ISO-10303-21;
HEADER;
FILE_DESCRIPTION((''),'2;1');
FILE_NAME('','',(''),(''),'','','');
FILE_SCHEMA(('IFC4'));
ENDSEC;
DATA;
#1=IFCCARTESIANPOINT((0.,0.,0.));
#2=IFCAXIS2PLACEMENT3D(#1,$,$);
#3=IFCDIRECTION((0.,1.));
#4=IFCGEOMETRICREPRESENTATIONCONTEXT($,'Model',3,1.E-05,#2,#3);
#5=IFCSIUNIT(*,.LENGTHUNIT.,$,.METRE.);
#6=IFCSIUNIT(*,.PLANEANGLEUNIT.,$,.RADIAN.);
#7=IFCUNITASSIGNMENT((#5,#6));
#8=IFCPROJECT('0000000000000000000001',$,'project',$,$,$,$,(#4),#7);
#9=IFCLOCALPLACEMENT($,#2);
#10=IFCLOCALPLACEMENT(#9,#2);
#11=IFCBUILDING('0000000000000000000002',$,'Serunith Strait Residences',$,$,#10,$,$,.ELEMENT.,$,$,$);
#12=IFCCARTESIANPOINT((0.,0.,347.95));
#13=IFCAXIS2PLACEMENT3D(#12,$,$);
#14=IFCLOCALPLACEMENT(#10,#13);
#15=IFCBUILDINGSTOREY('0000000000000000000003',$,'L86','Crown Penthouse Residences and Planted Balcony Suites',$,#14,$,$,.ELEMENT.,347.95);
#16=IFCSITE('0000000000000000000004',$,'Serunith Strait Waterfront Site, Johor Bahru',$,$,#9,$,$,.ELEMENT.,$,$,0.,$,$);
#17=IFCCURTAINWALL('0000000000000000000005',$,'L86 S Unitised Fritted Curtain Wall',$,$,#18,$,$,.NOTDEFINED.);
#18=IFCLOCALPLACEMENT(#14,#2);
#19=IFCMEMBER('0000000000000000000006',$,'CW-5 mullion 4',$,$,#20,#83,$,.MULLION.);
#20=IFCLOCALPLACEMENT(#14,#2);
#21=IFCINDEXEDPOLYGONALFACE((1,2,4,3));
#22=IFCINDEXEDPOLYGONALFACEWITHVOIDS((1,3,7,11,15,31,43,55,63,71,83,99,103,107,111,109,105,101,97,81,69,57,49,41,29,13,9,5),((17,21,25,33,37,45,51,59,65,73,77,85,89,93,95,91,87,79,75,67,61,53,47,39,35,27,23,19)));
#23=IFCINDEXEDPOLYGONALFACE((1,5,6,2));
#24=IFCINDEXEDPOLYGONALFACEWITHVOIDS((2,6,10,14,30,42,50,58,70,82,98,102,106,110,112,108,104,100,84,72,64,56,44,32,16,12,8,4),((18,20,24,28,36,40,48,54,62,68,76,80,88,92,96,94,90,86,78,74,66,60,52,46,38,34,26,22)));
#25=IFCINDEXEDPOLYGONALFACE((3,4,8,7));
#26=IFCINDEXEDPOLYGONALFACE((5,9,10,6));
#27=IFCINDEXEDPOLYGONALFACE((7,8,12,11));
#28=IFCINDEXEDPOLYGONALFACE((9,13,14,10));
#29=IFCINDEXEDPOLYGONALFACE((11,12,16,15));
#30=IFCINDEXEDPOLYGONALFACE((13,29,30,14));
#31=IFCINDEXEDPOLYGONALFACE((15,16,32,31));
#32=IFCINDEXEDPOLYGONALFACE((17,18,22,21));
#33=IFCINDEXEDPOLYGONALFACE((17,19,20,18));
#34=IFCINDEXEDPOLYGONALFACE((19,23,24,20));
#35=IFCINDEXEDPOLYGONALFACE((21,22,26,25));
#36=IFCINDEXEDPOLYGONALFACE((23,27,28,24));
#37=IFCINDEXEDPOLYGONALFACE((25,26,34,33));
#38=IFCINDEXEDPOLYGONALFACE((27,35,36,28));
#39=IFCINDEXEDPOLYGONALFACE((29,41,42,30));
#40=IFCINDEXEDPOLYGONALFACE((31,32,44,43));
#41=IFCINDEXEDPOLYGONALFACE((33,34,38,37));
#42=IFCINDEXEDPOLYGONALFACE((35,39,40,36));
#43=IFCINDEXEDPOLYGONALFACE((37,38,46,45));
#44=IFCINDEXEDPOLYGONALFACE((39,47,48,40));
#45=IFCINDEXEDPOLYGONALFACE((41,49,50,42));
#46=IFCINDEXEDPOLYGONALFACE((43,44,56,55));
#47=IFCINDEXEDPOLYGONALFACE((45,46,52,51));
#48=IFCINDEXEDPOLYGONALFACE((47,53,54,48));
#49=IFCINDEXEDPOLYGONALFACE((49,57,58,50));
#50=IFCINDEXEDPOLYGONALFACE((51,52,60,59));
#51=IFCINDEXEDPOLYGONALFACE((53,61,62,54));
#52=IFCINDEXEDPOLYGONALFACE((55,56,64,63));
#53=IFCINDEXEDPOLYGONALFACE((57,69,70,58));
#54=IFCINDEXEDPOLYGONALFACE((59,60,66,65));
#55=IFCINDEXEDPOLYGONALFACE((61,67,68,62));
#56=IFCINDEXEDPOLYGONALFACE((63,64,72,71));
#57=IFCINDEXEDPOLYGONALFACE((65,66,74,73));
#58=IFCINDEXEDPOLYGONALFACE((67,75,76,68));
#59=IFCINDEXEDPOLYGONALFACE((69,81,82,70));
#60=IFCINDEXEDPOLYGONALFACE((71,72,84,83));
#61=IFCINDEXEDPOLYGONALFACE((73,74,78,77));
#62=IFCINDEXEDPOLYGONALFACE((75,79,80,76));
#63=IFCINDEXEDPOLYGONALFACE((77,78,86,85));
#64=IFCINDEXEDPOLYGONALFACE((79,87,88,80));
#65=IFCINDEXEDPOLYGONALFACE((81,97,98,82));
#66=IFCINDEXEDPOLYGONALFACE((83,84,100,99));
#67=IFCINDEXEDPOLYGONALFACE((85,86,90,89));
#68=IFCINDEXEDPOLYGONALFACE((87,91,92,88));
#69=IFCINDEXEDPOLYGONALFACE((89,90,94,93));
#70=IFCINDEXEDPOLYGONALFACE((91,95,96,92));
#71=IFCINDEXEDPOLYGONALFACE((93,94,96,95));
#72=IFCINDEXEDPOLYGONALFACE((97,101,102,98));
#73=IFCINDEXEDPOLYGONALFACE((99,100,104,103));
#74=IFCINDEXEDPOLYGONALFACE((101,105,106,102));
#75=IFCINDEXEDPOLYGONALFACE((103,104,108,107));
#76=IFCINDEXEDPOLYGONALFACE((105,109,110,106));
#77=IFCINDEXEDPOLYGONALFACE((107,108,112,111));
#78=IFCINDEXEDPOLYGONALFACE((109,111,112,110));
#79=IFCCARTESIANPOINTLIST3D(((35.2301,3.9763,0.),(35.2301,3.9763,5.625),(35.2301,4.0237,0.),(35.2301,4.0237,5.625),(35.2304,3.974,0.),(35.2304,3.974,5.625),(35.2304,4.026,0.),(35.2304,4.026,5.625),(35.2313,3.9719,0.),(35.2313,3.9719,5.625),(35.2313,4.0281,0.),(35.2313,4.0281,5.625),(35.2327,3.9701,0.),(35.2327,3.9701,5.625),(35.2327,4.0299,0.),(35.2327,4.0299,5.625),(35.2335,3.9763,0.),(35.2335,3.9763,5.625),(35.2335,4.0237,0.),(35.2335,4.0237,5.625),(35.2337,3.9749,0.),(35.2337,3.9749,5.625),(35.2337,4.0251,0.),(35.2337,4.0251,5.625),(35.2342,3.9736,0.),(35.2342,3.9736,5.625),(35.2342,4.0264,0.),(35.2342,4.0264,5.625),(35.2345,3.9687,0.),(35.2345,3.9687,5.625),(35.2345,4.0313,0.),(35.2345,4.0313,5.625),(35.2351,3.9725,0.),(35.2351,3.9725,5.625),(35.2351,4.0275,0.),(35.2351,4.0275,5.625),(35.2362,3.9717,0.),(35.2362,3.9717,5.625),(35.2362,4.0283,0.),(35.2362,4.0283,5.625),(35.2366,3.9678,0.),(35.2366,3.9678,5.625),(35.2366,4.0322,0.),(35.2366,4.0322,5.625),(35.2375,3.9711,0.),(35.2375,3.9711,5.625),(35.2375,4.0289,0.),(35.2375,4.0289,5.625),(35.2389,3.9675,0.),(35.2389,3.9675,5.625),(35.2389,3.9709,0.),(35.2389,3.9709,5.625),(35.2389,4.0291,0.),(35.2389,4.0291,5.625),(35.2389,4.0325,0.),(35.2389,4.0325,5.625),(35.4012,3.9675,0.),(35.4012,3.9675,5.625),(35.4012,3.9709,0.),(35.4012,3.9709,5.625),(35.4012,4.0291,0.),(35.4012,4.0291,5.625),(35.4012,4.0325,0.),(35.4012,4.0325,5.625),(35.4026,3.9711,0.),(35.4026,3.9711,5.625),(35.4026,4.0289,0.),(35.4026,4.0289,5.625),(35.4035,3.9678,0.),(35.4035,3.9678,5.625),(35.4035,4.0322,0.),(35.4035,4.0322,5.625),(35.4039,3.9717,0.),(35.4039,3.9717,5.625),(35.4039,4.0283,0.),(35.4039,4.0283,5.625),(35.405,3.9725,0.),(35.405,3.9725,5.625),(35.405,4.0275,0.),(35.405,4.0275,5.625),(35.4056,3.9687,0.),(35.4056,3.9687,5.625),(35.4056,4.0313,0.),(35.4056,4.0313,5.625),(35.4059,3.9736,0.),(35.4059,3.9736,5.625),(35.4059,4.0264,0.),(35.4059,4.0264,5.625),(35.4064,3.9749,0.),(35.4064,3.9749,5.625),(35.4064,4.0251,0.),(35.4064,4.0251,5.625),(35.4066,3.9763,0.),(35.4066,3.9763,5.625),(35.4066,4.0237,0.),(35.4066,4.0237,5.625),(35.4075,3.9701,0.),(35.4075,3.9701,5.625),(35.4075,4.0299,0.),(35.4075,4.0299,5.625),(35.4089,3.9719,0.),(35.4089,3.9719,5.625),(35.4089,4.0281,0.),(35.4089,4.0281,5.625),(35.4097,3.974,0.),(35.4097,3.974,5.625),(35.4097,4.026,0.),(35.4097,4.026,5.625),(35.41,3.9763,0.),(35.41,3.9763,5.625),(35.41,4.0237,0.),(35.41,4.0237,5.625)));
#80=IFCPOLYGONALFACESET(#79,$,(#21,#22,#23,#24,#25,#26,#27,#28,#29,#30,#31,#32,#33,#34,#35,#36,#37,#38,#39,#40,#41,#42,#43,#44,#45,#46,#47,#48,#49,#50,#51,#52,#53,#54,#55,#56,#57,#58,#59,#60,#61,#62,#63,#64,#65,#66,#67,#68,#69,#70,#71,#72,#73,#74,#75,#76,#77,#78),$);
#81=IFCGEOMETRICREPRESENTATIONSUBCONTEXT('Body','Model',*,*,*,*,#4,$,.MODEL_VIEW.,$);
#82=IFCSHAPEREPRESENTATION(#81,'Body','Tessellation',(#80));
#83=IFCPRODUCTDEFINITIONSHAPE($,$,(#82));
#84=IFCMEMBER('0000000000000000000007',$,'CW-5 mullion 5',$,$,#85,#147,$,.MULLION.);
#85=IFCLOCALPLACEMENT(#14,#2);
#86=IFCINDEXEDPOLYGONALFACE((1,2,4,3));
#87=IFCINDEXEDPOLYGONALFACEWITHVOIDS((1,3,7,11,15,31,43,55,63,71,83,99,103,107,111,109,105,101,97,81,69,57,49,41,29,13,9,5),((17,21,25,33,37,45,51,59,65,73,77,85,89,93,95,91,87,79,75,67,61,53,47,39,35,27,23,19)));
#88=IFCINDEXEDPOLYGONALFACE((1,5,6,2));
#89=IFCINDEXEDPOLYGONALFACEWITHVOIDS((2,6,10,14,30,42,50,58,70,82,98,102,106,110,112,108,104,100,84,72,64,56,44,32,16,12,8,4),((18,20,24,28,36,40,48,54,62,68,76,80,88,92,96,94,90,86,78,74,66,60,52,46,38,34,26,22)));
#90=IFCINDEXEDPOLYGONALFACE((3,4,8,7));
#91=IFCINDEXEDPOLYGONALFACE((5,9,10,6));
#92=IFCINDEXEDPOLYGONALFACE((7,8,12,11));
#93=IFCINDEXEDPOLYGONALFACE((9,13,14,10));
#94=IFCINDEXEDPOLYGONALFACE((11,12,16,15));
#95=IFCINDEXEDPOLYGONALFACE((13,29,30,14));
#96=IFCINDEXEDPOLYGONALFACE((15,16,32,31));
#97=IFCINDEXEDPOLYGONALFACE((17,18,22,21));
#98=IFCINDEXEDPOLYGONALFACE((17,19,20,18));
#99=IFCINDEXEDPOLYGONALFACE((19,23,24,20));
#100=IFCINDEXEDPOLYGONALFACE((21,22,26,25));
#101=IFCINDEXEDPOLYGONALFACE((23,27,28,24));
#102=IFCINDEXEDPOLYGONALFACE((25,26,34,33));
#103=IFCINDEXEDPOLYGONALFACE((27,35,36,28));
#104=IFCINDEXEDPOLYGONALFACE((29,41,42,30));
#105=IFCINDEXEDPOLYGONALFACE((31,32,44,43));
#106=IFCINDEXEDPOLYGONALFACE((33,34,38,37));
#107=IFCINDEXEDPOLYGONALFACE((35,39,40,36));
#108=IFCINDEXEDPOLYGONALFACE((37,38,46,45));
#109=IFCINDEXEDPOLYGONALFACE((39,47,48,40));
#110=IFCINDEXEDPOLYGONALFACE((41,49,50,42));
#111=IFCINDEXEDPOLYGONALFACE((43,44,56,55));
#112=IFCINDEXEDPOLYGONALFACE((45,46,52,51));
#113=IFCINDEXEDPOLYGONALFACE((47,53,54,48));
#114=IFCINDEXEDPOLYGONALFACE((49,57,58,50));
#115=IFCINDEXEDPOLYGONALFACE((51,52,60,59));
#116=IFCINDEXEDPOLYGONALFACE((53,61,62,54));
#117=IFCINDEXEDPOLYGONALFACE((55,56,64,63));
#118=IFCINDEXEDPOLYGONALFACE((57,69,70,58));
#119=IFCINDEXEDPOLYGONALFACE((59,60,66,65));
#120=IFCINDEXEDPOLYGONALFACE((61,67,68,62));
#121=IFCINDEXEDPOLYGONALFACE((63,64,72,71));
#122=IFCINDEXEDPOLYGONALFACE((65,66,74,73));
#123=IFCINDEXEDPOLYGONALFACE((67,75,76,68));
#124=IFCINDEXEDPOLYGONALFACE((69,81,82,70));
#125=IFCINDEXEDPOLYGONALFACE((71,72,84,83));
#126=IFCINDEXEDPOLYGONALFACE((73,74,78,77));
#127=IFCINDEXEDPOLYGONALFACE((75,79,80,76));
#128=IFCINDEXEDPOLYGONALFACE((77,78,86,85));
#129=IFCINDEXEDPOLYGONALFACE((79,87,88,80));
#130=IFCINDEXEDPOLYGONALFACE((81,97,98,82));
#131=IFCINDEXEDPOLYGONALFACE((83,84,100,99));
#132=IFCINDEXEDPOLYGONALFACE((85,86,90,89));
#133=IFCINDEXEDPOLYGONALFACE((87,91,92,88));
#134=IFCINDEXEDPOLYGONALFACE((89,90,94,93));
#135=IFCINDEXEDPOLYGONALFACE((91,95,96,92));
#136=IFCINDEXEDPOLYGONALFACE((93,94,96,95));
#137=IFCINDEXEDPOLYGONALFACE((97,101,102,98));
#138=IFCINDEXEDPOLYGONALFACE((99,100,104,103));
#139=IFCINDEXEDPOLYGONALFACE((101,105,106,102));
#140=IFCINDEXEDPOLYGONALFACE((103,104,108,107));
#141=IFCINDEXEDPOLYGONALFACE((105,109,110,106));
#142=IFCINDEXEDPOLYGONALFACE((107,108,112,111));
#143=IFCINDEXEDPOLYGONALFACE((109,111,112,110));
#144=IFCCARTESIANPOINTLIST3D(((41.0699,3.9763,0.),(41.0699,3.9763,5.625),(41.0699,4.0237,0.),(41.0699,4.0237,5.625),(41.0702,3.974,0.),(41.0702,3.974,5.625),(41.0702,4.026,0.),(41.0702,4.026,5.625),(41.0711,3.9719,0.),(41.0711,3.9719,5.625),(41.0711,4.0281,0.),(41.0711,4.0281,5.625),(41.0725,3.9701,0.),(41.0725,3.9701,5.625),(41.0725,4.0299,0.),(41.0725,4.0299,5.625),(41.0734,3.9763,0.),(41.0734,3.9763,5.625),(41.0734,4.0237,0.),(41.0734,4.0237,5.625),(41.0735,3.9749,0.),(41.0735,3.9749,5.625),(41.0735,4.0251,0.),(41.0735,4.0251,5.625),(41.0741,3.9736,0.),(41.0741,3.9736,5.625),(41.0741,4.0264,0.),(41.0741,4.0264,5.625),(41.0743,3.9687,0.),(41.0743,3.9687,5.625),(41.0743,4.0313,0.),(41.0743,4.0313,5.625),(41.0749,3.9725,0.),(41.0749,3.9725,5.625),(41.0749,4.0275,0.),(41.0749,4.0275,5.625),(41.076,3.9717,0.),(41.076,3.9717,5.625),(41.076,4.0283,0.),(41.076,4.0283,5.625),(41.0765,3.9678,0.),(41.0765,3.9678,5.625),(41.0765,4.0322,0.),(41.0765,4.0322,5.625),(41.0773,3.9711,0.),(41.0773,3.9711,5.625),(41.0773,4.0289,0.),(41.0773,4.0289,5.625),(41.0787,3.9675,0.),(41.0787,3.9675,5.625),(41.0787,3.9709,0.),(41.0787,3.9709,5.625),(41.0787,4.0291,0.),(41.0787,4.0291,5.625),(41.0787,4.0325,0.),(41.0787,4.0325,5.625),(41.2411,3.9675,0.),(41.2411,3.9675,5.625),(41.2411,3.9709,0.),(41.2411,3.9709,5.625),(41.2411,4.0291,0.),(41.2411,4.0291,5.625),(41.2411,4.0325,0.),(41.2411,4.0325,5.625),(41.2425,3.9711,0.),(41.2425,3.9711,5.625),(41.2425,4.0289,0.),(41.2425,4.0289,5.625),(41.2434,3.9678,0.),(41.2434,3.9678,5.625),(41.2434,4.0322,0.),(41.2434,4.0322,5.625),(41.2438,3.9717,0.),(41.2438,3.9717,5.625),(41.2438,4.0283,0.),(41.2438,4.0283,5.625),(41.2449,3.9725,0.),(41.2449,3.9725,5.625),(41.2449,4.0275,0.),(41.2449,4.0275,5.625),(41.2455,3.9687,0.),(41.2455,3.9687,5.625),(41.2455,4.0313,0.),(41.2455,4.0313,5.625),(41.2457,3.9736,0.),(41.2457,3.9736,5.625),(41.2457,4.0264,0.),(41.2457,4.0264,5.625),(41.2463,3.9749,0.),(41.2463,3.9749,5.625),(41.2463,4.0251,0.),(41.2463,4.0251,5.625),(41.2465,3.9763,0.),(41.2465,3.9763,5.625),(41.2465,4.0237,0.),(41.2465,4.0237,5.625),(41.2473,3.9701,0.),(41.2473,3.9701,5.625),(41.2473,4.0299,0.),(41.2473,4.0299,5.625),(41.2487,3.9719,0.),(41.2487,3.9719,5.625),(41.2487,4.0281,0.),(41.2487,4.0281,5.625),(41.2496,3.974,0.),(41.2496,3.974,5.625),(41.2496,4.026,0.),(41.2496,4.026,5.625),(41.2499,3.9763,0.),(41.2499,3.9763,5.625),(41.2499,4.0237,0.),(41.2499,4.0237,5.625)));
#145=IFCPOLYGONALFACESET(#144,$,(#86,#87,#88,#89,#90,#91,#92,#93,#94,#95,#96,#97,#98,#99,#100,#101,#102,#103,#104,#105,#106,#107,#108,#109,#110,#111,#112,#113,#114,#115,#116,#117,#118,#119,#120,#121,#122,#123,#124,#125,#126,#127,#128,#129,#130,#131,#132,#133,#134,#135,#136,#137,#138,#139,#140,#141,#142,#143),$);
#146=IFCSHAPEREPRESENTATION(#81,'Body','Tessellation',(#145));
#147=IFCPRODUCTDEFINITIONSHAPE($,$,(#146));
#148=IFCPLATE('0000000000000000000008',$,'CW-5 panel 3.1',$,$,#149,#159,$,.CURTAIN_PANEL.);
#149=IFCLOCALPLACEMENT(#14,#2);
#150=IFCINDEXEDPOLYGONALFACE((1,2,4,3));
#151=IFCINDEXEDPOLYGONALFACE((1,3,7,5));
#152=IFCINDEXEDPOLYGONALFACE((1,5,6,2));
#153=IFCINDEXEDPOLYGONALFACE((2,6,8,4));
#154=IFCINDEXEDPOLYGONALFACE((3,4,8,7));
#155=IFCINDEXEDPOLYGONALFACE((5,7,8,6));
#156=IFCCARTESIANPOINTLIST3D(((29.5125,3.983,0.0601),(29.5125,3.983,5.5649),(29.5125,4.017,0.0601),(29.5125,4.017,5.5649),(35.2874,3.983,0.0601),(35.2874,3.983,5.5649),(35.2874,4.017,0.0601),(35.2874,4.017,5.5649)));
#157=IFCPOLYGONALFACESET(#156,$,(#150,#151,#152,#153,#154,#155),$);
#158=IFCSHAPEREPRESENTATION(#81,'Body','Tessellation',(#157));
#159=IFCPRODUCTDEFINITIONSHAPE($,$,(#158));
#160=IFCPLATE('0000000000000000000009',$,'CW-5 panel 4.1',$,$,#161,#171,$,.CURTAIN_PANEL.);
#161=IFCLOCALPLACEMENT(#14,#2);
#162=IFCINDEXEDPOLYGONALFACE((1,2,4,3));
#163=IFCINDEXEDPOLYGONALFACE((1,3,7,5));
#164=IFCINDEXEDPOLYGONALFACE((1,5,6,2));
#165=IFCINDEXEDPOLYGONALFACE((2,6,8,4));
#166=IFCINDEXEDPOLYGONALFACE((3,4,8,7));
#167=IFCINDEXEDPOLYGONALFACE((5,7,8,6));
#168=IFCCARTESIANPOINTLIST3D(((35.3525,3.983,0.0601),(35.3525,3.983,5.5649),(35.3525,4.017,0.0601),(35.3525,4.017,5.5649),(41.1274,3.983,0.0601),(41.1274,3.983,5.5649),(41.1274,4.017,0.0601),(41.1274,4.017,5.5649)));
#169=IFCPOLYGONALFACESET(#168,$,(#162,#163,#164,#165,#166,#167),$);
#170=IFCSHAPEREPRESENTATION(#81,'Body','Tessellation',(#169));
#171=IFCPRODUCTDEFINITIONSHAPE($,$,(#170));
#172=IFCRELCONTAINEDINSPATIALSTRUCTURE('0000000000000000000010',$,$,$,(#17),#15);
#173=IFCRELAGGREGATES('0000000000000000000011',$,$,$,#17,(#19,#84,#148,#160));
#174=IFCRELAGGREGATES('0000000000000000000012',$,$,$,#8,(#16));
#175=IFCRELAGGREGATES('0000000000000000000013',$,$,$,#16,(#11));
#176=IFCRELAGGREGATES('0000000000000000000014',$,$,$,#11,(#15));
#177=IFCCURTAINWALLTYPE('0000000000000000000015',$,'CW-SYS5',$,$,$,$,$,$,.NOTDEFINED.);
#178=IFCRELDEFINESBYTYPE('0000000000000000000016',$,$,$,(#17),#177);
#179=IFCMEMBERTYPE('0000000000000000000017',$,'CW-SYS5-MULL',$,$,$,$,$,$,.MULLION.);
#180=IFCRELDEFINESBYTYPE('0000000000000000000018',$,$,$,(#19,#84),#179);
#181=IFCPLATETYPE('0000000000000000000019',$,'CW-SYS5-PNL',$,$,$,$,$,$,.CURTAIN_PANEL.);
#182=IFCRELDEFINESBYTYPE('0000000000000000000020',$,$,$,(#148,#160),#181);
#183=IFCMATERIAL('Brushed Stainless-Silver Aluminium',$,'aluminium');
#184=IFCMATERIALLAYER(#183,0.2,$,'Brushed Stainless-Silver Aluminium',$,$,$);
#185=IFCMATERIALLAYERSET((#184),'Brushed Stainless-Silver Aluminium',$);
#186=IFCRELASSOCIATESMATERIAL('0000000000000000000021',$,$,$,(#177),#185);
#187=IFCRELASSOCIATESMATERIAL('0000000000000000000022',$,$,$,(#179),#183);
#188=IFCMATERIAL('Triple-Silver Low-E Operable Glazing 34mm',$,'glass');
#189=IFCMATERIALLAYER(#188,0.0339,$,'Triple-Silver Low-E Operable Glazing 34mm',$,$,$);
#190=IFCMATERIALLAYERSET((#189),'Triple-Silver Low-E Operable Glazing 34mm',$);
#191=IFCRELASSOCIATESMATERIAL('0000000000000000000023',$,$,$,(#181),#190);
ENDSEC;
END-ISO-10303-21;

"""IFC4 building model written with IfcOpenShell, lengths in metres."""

from ifc_helpers import new_model, si_unit, direction, frame, origin, origin_2d, place, context, subcontext, project, spatial, rectangle, hollow_rectangle, extrude, source, transform, mapped, material, layer, layer_set, material_profile, profile_set, type_object, element, aggregate, save


model = new_model("IFC4")

# Units and contexts
model_context = context("Model", 3, precision=1e-05, world=origin(), true_north=direction((0.0, 1.0)))
body_context = subcontext(model_context, "Body", "Model", "MODEL_VIEW")
ifc_project = project(units=[si_unit("LENGTHUNIT", "METRE"), si_unit("PLANEANGLEUNIT", "RADIAN")], contexts=[model_context])

# Site, building, storey
site_placement = place(None, origin())
site = spatial("IfcSite", under=ifc_project, at=site_placement, Name="Serunith Strait Waterfront Site, Johor Bahru", CompositionType="ELEMENT", RefElevation=0.0)
building_placement = place(site_placement, origin())
building = spatial("IfcBuilding", under=site, at=building_placement, Name="Serunith Strait Residences", CompositionType="ELEMENT")
storey_placement = place(building_placement, frame((0.0, 0.0, 347.95)))
storey = spatial("IfcBuildingStorey", under=building, at=storey_placement, Name="L86", Description="Crown Penthouse Residences and Planted Balcony Suites", CompositionType="ELEMENT", Elevation=347.95)

# Curtain wall, members, plates
ifc_material_1 = material(Name="Brushed Stainless-Silver Aluminium", Category="aluminium")
ifc_layer_1 = layer(ifc_material_1, 0.2, Name="Brushed Stainless-Silver Aluminium")
ifc_layer_set_1 = layer_set([ifc_layer_1], Name="Brushed Stainless-Silver Aluminium")
curtain_wall_type = type_object("IfcCurtainWallType", Name="CW-SYS5", PredefinedType="NOTDEFINED", material=ifc_layer_set_1)
curtain_wall_placement = place(storey_placement, origin())
curtain_wall = element("IfcCurtainWall", 1, at=curtain_wall_placement, inside=storey, type_object=curtain_wall_type, Name="L86 S Unitised Fritted Curtain Wall", PredefinedType="NOTDEFINED")
ifc_material_profile_1 = material_profile(ifc_material_1, hollow_rectangle(XDim=0.0649, YDim=0.1799, WallThickness=0.0034, InnerFilletRadius=0.0054, OuterFilletRadius=0.0088, at=origin_2d()), Name="ALU 180x65x3.5")
ifc_profile_set_1 = profile_set([ifc_material_profile_1], Name="Brushed Stainless-Silver Aluminium")
member_type_1 = type_object("IfcMemberType", Name="CW-SYS5-MULL", PredefinedType="MULLION", material=ifc_profile_set_1)
shared_shape_1 = source(origin(), body_context, "Body", "SweptSolid", [
    extrude(hollow_rectangle(XDim=0.0649, YDim=0.1799, WallThickness=0.0034, InnerFilletRadius=0.0054, OuterFilletRadius=0.0088, at=origin_2d()), origin(), (0.0, 0.0, 1.0), 5.625),
])
member_1_placement = place(storey_placement, frame((35.3201, 4.0, 0.0), z_axis=(0.0, 0.0, 1.0), x_axis=(0.0, 1.0, 0.0)))
member_1 = element("IfcMember", 2, at=member_1_placement, type_object=member_type_1, Name="CW-5 mullion 4", PredefinedType="MULLION", context=body_context, shape_type="MappedRepresentation", body=[
    mapped(shared_shape_1, transform((0.0, 0.0, 0.0), scale=1.0)),
])
member_2_placement = place(storey_placement, frame((41.1599, 4.0, 0.0), z_axis=(0.0, 0.0, 1.0), x_axis=(0.0, 1.0, 0.0)))
member_2 = element("IfcMember", 3, at=member_2_placement, type_object=member_type_1, Name="CW-5 mullion 5", PredefinedType="MULLION", context=body_context, shape_type="MappedRepresentation", body=[
    mapped(shared_shape_1, transform((0.0, 0.0, 0.0), scale=1.0)),
])
ifc_material_2 = material(Name="Triple-Silver Low-E Operable Glazing 34mm", Category="glass")
ifc_layer_2 = layer(ifc_material_2, 0.0339, Name="Triple-Silver Low-E Operable Glazing 34mm")
ifc_layer_set_2 = layer_set([ifc_layer_2], Name="Triple-Silver Low-E Operable Glazing 34mm")
plate_type = type_object("IfcPlateType", Name="CW-SYS5-PNL", PredefinedType="CURTAIN_PANEL", material=ifc_layer_set_2)
shared_shape_2 = source(origin(), body_context, "Body", "SweptSolid", [
    extrude(rectangle(XDim=5.7749, YDim=0.0339, at=origin_2d()), origin(), (0.0, 0.0, 1.0), 5.5049),
])
plate_1_placement = place(storey_placement, frame((32.3999, 4.0, 0.0601), z_axis=(0.0, 0.0, 1.0), x_axis=(1.0, 0.0, 0.0)))
plate_1 = element("IfcPlate", 4, at=plate_1_placement, type_object=plate_type, Name="CW-5 panel 3.1", PredefinedType="CURTAIN_PANEL", context=body_context, shape_type="MappedRepresentation", body=[
    mapped(shared_shape_2, transform((0.0, 0.0, 0.0), scale=1.0)),
])
plate_2_placement = place(storey_placement, frame((38.24, 4.0, 0.0601), z_axis=(0.0, 0.0, 1.0), x_axis=(1.0, 0.0, 0.0)))
plate_2 = element("IfcPlate", 5, at=plate_2_placement, type_object=plate_type, Name="CW-5 panel 4.1", PredefinedType="CURTAIN_PANEL", context=body_context, shape_type="MappedRepresentation", body=[
    mapped(shared_shape_2, transform((0.0, 0.0, 0.0), scale=1.0)),
])
aggregate(curtain_wall, [member_1, member_2, plate_1, plate_2])

save(model, "model.ifc")
